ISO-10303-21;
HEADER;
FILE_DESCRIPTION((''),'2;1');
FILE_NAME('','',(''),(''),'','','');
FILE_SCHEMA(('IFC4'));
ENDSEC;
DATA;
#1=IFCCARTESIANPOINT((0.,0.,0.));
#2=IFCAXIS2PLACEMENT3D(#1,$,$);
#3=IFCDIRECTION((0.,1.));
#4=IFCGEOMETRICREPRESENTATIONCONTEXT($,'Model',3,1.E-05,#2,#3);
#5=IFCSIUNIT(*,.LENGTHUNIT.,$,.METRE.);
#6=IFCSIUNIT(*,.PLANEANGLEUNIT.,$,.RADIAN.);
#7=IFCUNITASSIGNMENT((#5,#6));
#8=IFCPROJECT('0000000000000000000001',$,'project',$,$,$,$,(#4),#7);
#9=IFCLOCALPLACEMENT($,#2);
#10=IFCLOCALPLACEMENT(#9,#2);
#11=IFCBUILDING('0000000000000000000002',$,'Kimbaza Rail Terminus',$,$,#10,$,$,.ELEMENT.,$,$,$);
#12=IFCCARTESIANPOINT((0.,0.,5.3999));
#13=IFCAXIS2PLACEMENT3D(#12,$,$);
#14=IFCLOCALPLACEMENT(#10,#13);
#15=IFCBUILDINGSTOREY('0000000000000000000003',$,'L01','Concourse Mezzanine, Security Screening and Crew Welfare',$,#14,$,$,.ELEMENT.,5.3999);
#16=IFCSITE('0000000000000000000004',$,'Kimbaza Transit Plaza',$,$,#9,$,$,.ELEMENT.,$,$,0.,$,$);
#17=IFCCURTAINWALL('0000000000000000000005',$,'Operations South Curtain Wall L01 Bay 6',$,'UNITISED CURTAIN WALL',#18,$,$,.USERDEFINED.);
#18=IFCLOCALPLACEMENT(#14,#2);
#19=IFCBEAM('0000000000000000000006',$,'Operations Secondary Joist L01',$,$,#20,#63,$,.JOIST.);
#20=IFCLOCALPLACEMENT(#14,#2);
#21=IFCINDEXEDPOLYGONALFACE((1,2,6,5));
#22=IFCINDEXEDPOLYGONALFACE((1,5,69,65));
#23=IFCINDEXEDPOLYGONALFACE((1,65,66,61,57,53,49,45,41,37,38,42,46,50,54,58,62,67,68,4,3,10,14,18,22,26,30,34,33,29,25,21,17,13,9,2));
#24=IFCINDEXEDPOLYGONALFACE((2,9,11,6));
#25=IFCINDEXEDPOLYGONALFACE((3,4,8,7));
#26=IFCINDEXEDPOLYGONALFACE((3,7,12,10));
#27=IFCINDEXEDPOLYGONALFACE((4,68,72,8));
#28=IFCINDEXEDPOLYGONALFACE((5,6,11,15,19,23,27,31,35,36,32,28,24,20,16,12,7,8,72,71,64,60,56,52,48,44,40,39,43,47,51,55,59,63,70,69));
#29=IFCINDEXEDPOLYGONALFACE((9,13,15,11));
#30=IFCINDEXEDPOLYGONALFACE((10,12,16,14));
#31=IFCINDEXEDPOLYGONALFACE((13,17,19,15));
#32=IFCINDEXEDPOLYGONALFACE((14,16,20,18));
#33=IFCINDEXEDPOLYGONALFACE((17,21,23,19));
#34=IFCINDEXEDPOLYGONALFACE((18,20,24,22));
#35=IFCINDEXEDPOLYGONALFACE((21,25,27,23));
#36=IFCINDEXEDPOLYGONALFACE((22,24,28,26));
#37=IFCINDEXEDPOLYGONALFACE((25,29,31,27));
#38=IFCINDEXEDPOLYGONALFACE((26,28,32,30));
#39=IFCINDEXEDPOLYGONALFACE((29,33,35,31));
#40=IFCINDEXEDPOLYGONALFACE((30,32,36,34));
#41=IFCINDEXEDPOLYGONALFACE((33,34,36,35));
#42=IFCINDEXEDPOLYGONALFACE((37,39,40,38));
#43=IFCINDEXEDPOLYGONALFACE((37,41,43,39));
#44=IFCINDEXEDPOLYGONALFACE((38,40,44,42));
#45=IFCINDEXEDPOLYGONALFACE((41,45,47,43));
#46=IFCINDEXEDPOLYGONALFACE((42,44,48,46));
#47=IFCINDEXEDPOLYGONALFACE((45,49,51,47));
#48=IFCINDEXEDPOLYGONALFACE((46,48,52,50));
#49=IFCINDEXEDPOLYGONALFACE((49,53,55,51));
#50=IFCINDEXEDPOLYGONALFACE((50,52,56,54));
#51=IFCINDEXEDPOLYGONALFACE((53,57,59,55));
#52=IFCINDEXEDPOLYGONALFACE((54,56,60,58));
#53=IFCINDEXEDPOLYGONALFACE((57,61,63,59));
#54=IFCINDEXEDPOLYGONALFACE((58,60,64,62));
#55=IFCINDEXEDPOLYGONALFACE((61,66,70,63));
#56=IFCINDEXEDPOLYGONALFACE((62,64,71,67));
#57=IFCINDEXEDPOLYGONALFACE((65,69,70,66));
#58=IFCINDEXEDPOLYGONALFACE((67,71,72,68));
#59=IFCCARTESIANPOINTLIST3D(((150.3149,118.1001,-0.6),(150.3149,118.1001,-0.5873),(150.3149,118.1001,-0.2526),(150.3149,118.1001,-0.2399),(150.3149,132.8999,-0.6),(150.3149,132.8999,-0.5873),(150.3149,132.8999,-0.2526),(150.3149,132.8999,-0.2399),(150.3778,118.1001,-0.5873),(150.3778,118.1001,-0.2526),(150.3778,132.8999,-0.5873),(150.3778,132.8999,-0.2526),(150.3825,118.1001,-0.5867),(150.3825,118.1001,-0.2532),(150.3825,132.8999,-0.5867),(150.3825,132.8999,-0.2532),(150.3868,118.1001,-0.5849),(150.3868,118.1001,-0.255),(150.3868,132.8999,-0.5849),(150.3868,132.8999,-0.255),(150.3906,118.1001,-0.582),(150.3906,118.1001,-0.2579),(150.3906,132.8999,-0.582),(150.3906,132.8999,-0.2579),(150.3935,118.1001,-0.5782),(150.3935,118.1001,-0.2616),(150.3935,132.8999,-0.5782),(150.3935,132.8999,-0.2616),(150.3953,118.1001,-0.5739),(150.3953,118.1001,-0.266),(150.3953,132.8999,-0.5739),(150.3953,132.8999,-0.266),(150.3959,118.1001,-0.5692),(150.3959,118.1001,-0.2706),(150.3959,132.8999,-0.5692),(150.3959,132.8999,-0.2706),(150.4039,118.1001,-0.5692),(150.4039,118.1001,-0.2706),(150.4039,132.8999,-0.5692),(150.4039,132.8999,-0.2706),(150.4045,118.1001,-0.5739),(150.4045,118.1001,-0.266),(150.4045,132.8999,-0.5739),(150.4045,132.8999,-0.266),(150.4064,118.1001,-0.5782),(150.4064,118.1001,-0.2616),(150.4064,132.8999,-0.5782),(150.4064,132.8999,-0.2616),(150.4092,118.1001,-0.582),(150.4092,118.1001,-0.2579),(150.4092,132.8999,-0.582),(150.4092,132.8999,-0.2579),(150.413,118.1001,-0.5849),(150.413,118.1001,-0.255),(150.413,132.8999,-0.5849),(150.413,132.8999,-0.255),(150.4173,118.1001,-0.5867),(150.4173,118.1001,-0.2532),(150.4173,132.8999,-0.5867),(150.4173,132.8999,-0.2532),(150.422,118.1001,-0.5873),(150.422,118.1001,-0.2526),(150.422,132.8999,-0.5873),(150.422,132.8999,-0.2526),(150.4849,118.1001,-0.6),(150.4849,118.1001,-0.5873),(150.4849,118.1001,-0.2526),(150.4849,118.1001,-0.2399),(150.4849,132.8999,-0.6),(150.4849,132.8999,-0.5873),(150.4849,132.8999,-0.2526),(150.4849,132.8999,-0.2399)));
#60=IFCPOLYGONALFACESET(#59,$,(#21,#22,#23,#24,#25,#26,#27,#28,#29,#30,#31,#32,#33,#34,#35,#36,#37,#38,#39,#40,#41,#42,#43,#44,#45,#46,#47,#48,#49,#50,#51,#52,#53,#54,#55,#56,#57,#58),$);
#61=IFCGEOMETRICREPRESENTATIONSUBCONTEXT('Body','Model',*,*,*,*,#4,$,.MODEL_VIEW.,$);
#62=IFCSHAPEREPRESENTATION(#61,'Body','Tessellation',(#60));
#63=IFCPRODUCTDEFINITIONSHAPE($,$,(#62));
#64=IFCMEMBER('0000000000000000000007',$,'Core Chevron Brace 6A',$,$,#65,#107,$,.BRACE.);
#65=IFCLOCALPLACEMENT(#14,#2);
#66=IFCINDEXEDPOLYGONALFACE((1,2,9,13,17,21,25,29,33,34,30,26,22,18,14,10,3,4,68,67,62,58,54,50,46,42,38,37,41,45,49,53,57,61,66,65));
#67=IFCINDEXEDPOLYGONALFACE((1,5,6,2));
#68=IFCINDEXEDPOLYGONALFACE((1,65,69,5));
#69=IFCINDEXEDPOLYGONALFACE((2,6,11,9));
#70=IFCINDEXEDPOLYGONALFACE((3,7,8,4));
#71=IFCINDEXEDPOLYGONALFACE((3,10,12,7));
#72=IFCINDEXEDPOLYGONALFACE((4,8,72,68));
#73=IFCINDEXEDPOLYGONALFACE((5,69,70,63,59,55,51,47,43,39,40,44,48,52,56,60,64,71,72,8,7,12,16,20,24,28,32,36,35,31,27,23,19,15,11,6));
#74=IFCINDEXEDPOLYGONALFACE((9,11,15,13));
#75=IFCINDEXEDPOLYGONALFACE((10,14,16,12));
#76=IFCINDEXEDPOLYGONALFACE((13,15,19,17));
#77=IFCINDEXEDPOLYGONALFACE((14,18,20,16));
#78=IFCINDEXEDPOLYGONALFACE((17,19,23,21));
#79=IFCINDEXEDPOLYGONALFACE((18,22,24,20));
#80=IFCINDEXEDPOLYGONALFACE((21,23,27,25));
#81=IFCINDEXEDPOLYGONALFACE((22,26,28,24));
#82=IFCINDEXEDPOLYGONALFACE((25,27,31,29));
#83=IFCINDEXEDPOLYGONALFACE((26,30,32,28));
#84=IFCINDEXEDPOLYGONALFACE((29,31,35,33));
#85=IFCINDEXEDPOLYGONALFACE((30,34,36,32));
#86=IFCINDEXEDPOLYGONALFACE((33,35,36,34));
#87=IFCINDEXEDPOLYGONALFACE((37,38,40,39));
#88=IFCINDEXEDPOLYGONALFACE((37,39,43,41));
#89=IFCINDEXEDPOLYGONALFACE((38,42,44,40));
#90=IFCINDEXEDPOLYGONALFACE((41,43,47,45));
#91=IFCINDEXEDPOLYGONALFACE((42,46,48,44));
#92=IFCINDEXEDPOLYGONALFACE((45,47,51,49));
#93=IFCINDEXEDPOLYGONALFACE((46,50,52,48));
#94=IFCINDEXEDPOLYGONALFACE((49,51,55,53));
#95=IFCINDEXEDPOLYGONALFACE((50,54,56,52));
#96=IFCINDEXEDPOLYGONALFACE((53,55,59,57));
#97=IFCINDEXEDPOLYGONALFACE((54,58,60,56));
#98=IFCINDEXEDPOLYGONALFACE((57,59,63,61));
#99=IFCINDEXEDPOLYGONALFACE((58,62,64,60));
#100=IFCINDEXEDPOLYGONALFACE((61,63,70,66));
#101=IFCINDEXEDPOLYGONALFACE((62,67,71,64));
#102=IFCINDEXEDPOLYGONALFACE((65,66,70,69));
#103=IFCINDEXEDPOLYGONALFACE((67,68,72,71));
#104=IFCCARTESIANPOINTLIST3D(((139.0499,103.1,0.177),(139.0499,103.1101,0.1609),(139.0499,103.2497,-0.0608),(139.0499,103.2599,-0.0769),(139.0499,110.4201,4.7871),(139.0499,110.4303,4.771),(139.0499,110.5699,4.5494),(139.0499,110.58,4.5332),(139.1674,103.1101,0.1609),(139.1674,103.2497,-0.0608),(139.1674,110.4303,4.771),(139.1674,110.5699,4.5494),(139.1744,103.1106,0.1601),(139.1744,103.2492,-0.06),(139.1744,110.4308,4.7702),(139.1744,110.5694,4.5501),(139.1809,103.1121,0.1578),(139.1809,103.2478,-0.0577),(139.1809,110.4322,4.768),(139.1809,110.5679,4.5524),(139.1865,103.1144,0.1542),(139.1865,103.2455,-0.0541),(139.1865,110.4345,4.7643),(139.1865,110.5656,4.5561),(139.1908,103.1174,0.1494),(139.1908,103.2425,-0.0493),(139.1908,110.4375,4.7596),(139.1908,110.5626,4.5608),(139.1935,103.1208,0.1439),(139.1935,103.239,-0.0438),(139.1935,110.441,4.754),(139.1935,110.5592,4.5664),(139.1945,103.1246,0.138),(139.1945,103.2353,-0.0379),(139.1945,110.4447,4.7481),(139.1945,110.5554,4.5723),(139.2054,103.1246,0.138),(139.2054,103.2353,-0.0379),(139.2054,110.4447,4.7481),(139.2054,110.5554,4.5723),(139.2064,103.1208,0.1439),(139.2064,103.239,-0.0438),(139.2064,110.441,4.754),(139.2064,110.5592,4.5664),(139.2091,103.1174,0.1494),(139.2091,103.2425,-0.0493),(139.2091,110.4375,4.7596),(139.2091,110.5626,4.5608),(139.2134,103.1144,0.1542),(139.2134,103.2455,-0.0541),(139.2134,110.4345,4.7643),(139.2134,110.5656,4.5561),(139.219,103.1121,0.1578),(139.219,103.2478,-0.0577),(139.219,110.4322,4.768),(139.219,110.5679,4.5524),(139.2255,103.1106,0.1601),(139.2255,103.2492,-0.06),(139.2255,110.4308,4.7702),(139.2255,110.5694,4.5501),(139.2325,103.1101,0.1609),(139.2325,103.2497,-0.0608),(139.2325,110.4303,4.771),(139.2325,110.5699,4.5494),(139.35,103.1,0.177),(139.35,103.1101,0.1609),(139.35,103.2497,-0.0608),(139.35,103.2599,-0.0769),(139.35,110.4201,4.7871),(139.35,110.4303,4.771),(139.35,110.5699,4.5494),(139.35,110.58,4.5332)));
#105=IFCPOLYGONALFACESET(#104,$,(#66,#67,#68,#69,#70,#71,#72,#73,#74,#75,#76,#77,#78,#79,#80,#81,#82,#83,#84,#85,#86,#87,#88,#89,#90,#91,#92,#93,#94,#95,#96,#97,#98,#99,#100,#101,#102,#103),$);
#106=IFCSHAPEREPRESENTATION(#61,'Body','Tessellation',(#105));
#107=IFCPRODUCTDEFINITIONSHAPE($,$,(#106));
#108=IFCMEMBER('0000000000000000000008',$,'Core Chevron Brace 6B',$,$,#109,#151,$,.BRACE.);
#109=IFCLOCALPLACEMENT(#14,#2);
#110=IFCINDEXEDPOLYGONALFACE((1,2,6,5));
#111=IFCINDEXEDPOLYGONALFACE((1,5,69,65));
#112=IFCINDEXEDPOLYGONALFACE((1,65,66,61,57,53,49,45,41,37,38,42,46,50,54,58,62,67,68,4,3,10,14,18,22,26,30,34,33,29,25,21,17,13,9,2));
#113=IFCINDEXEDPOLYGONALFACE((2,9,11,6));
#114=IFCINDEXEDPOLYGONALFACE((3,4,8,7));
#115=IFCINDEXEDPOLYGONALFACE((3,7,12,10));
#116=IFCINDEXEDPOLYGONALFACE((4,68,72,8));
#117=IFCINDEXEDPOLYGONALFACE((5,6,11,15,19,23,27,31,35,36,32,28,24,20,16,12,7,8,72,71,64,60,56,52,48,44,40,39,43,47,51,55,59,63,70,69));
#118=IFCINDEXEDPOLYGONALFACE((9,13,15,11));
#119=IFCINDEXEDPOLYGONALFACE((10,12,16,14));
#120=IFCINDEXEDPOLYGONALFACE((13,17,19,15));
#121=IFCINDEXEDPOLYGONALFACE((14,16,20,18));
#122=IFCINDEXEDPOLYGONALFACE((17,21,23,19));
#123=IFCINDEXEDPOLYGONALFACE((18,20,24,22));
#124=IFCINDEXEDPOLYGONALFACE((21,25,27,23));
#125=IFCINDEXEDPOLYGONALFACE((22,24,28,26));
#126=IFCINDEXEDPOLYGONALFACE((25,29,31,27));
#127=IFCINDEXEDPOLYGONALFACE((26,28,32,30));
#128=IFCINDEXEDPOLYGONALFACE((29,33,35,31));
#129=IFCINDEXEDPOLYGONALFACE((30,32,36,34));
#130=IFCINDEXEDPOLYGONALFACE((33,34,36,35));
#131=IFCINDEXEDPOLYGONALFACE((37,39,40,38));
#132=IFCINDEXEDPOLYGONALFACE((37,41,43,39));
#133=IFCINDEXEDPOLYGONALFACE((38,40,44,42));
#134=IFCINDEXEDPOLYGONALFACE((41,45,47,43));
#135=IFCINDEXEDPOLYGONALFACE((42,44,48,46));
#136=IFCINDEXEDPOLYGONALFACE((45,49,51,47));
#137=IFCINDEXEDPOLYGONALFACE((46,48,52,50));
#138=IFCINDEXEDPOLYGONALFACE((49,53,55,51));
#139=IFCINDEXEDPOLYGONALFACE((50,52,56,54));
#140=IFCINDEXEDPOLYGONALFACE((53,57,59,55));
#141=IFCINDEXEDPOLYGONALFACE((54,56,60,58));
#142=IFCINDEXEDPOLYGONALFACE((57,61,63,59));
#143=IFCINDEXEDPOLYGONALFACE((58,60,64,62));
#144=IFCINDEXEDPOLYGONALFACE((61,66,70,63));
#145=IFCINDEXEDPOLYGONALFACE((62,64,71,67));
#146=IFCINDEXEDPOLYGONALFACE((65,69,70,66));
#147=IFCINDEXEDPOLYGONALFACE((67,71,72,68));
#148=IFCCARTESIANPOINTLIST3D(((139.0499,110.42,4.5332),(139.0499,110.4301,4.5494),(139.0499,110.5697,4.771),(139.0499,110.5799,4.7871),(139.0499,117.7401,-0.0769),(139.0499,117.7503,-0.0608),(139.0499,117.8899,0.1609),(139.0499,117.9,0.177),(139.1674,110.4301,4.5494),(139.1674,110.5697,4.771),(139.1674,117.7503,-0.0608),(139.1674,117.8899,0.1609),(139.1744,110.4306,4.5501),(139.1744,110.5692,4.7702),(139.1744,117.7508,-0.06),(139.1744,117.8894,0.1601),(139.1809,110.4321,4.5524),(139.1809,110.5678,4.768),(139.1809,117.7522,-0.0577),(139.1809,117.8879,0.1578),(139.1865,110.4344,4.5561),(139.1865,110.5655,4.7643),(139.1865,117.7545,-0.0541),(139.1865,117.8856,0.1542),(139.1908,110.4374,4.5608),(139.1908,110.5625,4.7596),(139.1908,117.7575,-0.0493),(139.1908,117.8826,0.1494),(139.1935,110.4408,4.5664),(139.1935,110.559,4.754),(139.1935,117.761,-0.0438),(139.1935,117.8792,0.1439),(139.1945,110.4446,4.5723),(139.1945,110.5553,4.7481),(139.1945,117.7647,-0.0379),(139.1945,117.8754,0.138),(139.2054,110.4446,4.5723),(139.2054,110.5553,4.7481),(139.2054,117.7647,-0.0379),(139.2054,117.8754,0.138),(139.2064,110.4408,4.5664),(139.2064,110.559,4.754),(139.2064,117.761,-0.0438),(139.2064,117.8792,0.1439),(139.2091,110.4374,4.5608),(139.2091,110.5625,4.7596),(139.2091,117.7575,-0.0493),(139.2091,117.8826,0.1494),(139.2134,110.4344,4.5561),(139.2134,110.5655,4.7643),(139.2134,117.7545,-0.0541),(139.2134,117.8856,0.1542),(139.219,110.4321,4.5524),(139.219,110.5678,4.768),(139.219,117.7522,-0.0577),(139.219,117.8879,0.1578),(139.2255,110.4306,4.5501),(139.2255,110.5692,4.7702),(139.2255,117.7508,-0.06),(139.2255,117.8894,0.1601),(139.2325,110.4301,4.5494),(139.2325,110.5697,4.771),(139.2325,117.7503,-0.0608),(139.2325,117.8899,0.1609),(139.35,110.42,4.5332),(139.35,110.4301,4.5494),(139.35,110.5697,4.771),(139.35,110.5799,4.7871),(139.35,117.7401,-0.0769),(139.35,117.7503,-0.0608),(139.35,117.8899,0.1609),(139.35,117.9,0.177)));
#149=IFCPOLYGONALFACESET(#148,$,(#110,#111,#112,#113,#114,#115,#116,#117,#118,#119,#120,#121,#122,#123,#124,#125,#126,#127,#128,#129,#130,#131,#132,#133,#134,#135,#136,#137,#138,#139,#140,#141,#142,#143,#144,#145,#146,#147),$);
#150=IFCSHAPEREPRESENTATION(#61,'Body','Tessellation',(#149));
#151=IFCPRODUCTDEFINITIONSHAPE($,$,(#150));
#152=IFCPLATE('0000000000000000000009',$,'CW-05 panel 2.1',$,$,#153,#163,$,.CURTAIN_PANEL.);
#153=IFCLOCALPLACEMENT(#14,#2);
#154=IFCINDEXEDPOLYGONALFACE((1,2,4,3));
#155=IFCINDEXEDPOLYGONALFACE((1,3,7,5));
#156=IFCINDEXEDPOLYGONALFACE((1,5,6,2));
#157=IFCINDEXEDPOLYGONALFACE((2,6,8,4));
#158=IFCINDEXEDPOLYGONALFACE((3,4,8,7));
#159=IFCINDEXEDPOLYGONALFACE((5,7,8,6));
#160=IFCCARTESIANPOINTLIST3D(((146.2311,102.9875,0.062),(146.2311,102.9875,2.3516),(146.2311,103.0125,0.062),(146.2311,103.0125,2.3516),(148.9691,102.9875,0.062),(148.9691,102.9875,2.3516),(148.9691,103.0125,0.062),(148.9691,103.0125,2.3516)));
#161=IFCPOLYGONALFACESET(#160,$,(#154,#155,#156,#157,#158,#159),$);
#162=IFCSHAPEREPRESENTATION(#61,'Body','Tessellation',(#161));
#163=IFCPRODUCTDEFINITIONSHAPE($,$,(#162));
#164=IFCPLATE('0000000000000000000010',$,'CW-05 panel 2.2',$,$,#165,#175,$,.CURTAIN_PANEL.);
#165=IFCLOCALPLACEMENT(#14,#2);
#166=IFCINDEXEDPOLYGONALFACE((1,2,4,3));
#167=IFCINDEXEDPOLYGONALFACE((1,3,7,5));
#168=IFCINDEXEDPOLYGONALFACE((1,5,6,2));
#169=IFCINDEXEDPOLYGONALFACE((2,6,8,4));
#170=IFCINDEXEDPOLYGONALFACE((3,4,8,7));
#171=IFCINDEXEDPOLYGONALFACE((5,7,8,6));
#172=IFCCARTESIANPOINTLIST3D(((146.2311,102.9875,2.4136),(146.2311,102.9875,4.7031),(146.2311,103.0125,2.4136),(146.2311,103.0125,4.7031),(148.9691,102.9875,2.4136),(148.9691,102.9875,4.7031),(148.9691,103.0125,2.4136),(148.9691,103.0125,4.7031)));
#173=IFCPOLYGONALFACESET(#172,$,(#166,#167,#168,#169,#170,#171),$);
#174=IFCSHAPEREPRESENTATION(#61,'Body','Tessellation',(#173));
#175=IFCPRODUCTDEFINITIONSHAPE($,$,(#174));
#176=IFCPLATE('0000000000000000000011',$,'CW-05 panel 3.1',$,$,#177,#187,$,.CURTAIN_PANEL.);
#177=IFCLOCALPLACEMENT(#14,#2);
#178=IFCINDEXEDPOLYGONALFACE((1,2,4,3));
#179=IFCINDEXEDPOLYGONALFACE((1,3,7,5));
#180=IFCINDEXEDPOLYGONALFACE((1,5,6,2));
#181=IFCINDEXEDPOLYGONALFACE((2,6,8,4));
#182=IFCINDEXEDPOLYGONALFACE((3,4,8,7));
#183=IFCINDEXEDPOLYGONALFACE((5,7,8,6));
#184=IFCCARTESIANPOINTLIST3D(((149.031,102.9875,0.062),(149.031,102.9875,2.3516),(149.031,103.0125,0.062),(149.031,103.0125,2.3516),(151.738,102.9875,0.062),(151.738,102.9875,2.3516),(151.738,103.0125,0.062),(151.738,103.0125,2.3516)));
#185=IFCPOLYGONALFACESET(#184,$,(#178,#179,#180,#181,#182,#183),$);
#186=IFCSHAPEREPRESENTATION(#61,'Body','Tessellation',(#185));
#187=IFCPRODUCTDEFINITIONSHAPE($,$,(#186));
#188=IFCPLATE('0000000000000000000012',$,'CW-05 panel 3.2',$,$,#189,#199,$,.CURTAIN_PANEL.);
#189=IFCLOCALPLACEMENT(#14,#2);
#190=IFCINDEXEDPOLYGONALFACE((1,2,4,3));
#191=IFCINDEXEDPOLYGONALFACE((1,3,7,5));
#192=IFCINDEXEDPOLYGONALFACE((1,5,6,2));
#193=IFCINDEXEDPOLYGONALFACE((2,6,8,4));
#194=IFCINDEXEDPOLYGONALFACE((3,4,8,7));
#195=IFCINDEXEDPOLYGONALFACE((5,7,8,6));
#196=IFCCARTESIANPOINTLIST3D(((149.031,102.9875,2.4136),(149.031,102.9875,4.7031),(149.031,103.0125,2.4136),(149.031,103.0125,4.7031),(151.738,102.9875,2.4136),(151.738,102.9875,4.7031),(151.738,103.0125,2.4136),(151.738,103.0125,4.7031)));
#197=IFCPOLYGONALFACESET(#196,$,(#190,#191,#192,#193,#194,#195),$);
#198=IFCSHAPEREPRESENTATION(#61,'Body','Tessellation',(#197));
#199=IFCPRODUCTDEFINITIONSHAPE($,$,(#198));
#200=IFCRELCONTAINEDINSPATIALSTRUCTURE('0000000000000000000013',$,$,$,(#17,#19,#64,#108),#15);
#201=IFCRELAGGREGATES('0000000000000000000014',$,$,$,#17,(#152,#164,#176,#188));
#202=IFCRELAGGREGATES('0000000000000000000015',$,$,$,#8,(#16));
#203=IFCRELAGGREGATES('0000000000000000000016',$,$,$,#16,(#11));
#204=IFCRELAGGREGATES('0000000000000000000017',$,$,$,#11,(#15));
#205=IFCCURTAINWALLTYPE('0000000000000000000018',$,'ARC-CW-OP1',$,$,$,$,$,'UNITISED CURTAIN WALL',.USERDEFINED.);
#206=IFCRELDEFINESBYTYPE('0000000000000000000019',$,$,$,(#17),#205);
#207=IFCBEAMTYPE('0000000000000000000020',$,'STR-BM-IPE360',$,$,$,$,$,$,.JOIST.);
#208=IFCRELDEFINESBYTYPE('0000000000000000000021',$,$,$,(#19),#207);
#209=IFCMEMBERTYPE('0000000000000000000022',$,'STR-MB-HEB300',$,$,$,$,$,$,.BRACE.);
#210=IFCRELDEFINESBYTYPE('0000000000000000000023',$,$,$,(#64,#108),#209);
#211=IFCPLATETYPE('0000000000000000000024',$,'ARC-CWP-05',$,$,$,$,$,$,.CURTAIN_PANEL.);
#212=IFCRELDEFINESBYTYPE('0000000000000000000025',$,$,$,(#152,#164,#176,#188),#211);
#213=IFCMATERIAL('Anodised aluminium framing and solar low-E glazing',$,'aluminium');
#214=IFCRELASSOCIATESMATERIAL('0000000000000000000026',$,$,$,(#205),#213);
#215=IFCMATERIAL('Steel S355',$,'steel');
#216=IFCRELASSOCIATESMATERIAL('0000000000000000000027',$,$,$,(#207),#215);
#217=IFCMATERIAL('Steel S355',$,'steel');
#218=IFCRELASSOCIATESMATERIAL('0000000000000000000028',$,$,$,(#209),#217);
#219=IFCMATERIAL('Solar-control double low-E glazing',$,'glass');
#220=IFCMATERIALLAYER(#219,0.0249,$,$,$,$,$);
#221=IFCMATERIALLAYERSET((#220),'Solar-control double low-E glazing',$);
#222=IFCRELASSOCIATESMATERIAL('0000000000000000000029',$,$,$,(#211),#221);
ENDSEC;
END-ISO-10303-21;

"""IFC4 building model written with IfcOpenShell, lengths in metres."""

from ifc_helpers import new_model, si_unit, direction, frame, origin, origin_2d, place, context, subcontext, project, spatial, rectangle, i_section, extrude, material, layer, layer_set, material_profile, profile_set, type_object, element, aggregate, save


model = new_model("IFC4")

# Units and contexts
model_context = context("Model", 3, precision=1e-05, world=origin(), true_north=direction((0.0, 1.0)))
body_context = subcontext(model_context, "Body", "Model", "MODEL_VIEW")
ifc_project = project(units=[si_unit("LENGTHUNIT", "METRE"), si_unit("PLANEANGLEUNIT", "RADIAN")], contexts=[model_context])

# Site, building, storey
site_placement = place(None, origin())
site = spatial("IfcSite", under=ifc_project, at=site_placement, Name="Kimbaza Transit Plaza", CompositionType="ELEMENT", RefElevation=0.0)
building_placement = place(site_placement, origin())
building = spatial("IfcBuilding", under=site, at=building_placement, Name="Kimbaza Rail Terminus", CompositionType="ELEMENT")
storey_placement = place(building_placement, frame((0.0, 0.0, 5.3999)))
storey = spatial("IfcBuildingStorey", under=building, at=storey_placement, Name="L01", Description="Concourse Mezzanine, Security Screening and Crew Welfare", CompositionType="ELEMENT", Elevation=5.3999)

# Curtain wall
ifc_material_1 = material(Name="Anodised aluminium framing and solar low-E glazing", Category="aluminium")
curtain_wall_type = type_object("IfcCurtainWallType", Name="ARC-CW-OP1", ElementType="UNITISED CURTAIN WALL", PredefinedType="USERDEFINED", material=ifc_material_1)
curtain_wall_placement = place(storey_placement, origin())
curtain_wall = element("IfcCurtainWall", 1, at=curtain_wall_placement, inside=storey, type_object=curtain_wall_type, Name="Operations South Curtain Wall L01 Bay 6", ObjectType="UNITISED CURTAIN WALL", PredefinedType="USERDEFINED")

# Beam
ifc_material_2 = material(Name="Steel S355", Category="steel")
ifc_material_profile_1 = material_profile(ifc_material_2, i_section(OverallWidth=0.1699, OverallDepth=0.3601, WebThickness=0.0081, FlangeThickness=0.0127, FilletRadius=0.0181, at=origin_2d()), Name="IPE 360")
ifc_profile_set_1 = profile_set([ifc_material_profile_1], Name="Steel S355")
beam_type_1 = type_object("IfcBeamType", Name="STR-BM-IPE360", PredefinedType="JOIST", material=ifc_profile_set_1)
for number, where, z_axis, x_axis, name in (
    (2, (150.3999, 118.1001, -0.4199), (0.0, 1.0, 0.0), (-1.0, 0.0, 0.0), "Operations Secondary Joist L01"),
):
    element("IfcBeam", number, at=place(storey_placement, frame(where, z_axis=z_axis, x_axis=x_axis)), inside=storey, type_object=beam_type_1, Name=name, PredefinedType="JOIST", context=body_context, shape_type="SweptSolid", body=[
        extrude(i_section(OverallWidth=0.1699, OverallDepth=0.3601, WebThickness=0.0081, FlangeThickness=0.0127, FilletRadius=0.0181, at=origin_2d()), origin(), (0.0, 0.0, 1.0), 14.7998),
    ])

# Members
ifc_material_3 = material(Name="Steel S355", Category="steel")
ifc_material_profile_2 = material_profile(ifc_material_3, i_section(OverallWidth=0.3, OverallDepth=0.3, WebThickness=0.011, FlangeThickness=0.019, FilletRadius=0.0271, at=origin_2d()), Name="HEB 300")
ifc_profile_set_2 = profile_set([ifc_material_profile_2], Name="Steel S355")
member_type_1 = type_object("IfcMemberType", Name="STR-MB-HEB300", PredefinedType="BRACE", material=ifc_profile_set_2)
for number, where, z_axis, x_axis, name in (
    (3, (139.2, 103.1799, 0.05), (0.0, 0.846172, 0.532911), (-1.0, 0.0, 0.0), "Core Chevron Brace 6A"),
    (4, (139.2, 117.8201, 0.05), (0.0, -0.846172, 0.532911), (1.0, 0.0, 0.0), "Core Chevron Brace 6B"),
):
    element("IfcMember", number, at=place(storey_placement, frame(where, z_axis=z_axis, x_axis=x_axis)), inside=storey, type_object=member_type_1, Name=name, PredefinedType="BRACE", context=body_context, shape_type="SweptSolid", body=[
        extrude(i_section(OverallWidth=0.3, OverallDepth=0.3, WebThickness=0.011, FlangeThickness=0.019, FilletRadius=0.0271, at=origin_2d()), origin(), (0.0, 0.0, 1.0), 8.6509),
    ])

# Plates
ifc_material_4 = material(Name="Solar-control double low-E glazing", Category="glass")
ifc_layer_1 = layer(ifc_material_4, 0.0249)
ifc_layer_set_1 = layer_set([ifc_layer_1], Name="Solar-control double low-E glazing")
plate_type_1 = type_object("IfcPlateType", Name="ARC-CWP-05", PredefinedType="CURTAIN_PANEL", material=ifc_layer_set_1)
plate_1_placement = place(storey_placement, frame((147.6001, 103.0, 0.062), z_axis=(0.0, 0.0, 1.0), x_axis=(1.0, 0.0, 0.0)))
plate_1 = element("IfcPlate", 5, at=plate_1_placement, type_object=plate_type_1, Name="CW-05 panel 2.1", PredefinedType="CURTAIN_PANEL", context=body_context, shape_type="SweptSolid", body=[
    extrude(rectangle(XDim=2.738, YDim=0.0249, at=origin_2d()), origin(), (0.0, 0.0, 1.0), 2.2896),
])
plate_2_placement = place(storey_placement, frame((147.6001, 103.0, 2.4136), z_axis=(0.0, 0.0, 1.0), x_axis=(1.0, 0.0, 0.0)))
plate_2 = element("IfcPlate", 6, at=plate_2_placement, type_object=plate_type_1, Name="CW-05 panel 2.2", PredefinedType="CURTAIN_PANEL", context=body_context, shape_type="SweptSolid", body=[
    extrude(rectangle(XDim=2.738, YDim=0.0249, at=origin_2d()), origin(), (0.0, 0.0, 1.0), 2.2896),
])
plate_3_placement = place(storey_placement, frame((150.3845, 103.0, 0.062), z_axis=(0.0, 0.0, 1.0), x_axis=(1.0, 0.0, 0.0)))
plate_3 = element("IfcPlate", 7, at=plate_3_placement, type_object=plate_type_1, Name="CW-05 panel 3.1", PredefinedType="CURTAIN_PANEL", context=body_context, shape_type="SweptSolid", body=[
    extrude(rectangle(XDim=2.707, YDim=0.0249, at=origin_2d()), origin(), (0.0, 0.0, 1.0), 2.2896),
])
plate_4_placement = place(storey_placement, frame((150.3845, 103.0, 2.4136), z_axis=(0.0, 0.0, 1.0), x_axis=(1.0, 0.0, 0.0)))
plate_4 = element("IfcPlate", 8, at=plate_4_placement, type_object=plate_type_1, Name="CW-05 panel 3.2", PredefinedType="CURTAIN_PANEL", context=body_context, shape_type="SweptSolid", body=[
    extrude(rectangle(XDim=2.707, YDim=0.0249, at=origin_2d()), origin(), (0.0, 0.0, 1.0), 2.2896),
])
aggregate(curtain_wall, [plate_1, plate_2, plate_3, plate_4])

save(model, "model.ifc")
